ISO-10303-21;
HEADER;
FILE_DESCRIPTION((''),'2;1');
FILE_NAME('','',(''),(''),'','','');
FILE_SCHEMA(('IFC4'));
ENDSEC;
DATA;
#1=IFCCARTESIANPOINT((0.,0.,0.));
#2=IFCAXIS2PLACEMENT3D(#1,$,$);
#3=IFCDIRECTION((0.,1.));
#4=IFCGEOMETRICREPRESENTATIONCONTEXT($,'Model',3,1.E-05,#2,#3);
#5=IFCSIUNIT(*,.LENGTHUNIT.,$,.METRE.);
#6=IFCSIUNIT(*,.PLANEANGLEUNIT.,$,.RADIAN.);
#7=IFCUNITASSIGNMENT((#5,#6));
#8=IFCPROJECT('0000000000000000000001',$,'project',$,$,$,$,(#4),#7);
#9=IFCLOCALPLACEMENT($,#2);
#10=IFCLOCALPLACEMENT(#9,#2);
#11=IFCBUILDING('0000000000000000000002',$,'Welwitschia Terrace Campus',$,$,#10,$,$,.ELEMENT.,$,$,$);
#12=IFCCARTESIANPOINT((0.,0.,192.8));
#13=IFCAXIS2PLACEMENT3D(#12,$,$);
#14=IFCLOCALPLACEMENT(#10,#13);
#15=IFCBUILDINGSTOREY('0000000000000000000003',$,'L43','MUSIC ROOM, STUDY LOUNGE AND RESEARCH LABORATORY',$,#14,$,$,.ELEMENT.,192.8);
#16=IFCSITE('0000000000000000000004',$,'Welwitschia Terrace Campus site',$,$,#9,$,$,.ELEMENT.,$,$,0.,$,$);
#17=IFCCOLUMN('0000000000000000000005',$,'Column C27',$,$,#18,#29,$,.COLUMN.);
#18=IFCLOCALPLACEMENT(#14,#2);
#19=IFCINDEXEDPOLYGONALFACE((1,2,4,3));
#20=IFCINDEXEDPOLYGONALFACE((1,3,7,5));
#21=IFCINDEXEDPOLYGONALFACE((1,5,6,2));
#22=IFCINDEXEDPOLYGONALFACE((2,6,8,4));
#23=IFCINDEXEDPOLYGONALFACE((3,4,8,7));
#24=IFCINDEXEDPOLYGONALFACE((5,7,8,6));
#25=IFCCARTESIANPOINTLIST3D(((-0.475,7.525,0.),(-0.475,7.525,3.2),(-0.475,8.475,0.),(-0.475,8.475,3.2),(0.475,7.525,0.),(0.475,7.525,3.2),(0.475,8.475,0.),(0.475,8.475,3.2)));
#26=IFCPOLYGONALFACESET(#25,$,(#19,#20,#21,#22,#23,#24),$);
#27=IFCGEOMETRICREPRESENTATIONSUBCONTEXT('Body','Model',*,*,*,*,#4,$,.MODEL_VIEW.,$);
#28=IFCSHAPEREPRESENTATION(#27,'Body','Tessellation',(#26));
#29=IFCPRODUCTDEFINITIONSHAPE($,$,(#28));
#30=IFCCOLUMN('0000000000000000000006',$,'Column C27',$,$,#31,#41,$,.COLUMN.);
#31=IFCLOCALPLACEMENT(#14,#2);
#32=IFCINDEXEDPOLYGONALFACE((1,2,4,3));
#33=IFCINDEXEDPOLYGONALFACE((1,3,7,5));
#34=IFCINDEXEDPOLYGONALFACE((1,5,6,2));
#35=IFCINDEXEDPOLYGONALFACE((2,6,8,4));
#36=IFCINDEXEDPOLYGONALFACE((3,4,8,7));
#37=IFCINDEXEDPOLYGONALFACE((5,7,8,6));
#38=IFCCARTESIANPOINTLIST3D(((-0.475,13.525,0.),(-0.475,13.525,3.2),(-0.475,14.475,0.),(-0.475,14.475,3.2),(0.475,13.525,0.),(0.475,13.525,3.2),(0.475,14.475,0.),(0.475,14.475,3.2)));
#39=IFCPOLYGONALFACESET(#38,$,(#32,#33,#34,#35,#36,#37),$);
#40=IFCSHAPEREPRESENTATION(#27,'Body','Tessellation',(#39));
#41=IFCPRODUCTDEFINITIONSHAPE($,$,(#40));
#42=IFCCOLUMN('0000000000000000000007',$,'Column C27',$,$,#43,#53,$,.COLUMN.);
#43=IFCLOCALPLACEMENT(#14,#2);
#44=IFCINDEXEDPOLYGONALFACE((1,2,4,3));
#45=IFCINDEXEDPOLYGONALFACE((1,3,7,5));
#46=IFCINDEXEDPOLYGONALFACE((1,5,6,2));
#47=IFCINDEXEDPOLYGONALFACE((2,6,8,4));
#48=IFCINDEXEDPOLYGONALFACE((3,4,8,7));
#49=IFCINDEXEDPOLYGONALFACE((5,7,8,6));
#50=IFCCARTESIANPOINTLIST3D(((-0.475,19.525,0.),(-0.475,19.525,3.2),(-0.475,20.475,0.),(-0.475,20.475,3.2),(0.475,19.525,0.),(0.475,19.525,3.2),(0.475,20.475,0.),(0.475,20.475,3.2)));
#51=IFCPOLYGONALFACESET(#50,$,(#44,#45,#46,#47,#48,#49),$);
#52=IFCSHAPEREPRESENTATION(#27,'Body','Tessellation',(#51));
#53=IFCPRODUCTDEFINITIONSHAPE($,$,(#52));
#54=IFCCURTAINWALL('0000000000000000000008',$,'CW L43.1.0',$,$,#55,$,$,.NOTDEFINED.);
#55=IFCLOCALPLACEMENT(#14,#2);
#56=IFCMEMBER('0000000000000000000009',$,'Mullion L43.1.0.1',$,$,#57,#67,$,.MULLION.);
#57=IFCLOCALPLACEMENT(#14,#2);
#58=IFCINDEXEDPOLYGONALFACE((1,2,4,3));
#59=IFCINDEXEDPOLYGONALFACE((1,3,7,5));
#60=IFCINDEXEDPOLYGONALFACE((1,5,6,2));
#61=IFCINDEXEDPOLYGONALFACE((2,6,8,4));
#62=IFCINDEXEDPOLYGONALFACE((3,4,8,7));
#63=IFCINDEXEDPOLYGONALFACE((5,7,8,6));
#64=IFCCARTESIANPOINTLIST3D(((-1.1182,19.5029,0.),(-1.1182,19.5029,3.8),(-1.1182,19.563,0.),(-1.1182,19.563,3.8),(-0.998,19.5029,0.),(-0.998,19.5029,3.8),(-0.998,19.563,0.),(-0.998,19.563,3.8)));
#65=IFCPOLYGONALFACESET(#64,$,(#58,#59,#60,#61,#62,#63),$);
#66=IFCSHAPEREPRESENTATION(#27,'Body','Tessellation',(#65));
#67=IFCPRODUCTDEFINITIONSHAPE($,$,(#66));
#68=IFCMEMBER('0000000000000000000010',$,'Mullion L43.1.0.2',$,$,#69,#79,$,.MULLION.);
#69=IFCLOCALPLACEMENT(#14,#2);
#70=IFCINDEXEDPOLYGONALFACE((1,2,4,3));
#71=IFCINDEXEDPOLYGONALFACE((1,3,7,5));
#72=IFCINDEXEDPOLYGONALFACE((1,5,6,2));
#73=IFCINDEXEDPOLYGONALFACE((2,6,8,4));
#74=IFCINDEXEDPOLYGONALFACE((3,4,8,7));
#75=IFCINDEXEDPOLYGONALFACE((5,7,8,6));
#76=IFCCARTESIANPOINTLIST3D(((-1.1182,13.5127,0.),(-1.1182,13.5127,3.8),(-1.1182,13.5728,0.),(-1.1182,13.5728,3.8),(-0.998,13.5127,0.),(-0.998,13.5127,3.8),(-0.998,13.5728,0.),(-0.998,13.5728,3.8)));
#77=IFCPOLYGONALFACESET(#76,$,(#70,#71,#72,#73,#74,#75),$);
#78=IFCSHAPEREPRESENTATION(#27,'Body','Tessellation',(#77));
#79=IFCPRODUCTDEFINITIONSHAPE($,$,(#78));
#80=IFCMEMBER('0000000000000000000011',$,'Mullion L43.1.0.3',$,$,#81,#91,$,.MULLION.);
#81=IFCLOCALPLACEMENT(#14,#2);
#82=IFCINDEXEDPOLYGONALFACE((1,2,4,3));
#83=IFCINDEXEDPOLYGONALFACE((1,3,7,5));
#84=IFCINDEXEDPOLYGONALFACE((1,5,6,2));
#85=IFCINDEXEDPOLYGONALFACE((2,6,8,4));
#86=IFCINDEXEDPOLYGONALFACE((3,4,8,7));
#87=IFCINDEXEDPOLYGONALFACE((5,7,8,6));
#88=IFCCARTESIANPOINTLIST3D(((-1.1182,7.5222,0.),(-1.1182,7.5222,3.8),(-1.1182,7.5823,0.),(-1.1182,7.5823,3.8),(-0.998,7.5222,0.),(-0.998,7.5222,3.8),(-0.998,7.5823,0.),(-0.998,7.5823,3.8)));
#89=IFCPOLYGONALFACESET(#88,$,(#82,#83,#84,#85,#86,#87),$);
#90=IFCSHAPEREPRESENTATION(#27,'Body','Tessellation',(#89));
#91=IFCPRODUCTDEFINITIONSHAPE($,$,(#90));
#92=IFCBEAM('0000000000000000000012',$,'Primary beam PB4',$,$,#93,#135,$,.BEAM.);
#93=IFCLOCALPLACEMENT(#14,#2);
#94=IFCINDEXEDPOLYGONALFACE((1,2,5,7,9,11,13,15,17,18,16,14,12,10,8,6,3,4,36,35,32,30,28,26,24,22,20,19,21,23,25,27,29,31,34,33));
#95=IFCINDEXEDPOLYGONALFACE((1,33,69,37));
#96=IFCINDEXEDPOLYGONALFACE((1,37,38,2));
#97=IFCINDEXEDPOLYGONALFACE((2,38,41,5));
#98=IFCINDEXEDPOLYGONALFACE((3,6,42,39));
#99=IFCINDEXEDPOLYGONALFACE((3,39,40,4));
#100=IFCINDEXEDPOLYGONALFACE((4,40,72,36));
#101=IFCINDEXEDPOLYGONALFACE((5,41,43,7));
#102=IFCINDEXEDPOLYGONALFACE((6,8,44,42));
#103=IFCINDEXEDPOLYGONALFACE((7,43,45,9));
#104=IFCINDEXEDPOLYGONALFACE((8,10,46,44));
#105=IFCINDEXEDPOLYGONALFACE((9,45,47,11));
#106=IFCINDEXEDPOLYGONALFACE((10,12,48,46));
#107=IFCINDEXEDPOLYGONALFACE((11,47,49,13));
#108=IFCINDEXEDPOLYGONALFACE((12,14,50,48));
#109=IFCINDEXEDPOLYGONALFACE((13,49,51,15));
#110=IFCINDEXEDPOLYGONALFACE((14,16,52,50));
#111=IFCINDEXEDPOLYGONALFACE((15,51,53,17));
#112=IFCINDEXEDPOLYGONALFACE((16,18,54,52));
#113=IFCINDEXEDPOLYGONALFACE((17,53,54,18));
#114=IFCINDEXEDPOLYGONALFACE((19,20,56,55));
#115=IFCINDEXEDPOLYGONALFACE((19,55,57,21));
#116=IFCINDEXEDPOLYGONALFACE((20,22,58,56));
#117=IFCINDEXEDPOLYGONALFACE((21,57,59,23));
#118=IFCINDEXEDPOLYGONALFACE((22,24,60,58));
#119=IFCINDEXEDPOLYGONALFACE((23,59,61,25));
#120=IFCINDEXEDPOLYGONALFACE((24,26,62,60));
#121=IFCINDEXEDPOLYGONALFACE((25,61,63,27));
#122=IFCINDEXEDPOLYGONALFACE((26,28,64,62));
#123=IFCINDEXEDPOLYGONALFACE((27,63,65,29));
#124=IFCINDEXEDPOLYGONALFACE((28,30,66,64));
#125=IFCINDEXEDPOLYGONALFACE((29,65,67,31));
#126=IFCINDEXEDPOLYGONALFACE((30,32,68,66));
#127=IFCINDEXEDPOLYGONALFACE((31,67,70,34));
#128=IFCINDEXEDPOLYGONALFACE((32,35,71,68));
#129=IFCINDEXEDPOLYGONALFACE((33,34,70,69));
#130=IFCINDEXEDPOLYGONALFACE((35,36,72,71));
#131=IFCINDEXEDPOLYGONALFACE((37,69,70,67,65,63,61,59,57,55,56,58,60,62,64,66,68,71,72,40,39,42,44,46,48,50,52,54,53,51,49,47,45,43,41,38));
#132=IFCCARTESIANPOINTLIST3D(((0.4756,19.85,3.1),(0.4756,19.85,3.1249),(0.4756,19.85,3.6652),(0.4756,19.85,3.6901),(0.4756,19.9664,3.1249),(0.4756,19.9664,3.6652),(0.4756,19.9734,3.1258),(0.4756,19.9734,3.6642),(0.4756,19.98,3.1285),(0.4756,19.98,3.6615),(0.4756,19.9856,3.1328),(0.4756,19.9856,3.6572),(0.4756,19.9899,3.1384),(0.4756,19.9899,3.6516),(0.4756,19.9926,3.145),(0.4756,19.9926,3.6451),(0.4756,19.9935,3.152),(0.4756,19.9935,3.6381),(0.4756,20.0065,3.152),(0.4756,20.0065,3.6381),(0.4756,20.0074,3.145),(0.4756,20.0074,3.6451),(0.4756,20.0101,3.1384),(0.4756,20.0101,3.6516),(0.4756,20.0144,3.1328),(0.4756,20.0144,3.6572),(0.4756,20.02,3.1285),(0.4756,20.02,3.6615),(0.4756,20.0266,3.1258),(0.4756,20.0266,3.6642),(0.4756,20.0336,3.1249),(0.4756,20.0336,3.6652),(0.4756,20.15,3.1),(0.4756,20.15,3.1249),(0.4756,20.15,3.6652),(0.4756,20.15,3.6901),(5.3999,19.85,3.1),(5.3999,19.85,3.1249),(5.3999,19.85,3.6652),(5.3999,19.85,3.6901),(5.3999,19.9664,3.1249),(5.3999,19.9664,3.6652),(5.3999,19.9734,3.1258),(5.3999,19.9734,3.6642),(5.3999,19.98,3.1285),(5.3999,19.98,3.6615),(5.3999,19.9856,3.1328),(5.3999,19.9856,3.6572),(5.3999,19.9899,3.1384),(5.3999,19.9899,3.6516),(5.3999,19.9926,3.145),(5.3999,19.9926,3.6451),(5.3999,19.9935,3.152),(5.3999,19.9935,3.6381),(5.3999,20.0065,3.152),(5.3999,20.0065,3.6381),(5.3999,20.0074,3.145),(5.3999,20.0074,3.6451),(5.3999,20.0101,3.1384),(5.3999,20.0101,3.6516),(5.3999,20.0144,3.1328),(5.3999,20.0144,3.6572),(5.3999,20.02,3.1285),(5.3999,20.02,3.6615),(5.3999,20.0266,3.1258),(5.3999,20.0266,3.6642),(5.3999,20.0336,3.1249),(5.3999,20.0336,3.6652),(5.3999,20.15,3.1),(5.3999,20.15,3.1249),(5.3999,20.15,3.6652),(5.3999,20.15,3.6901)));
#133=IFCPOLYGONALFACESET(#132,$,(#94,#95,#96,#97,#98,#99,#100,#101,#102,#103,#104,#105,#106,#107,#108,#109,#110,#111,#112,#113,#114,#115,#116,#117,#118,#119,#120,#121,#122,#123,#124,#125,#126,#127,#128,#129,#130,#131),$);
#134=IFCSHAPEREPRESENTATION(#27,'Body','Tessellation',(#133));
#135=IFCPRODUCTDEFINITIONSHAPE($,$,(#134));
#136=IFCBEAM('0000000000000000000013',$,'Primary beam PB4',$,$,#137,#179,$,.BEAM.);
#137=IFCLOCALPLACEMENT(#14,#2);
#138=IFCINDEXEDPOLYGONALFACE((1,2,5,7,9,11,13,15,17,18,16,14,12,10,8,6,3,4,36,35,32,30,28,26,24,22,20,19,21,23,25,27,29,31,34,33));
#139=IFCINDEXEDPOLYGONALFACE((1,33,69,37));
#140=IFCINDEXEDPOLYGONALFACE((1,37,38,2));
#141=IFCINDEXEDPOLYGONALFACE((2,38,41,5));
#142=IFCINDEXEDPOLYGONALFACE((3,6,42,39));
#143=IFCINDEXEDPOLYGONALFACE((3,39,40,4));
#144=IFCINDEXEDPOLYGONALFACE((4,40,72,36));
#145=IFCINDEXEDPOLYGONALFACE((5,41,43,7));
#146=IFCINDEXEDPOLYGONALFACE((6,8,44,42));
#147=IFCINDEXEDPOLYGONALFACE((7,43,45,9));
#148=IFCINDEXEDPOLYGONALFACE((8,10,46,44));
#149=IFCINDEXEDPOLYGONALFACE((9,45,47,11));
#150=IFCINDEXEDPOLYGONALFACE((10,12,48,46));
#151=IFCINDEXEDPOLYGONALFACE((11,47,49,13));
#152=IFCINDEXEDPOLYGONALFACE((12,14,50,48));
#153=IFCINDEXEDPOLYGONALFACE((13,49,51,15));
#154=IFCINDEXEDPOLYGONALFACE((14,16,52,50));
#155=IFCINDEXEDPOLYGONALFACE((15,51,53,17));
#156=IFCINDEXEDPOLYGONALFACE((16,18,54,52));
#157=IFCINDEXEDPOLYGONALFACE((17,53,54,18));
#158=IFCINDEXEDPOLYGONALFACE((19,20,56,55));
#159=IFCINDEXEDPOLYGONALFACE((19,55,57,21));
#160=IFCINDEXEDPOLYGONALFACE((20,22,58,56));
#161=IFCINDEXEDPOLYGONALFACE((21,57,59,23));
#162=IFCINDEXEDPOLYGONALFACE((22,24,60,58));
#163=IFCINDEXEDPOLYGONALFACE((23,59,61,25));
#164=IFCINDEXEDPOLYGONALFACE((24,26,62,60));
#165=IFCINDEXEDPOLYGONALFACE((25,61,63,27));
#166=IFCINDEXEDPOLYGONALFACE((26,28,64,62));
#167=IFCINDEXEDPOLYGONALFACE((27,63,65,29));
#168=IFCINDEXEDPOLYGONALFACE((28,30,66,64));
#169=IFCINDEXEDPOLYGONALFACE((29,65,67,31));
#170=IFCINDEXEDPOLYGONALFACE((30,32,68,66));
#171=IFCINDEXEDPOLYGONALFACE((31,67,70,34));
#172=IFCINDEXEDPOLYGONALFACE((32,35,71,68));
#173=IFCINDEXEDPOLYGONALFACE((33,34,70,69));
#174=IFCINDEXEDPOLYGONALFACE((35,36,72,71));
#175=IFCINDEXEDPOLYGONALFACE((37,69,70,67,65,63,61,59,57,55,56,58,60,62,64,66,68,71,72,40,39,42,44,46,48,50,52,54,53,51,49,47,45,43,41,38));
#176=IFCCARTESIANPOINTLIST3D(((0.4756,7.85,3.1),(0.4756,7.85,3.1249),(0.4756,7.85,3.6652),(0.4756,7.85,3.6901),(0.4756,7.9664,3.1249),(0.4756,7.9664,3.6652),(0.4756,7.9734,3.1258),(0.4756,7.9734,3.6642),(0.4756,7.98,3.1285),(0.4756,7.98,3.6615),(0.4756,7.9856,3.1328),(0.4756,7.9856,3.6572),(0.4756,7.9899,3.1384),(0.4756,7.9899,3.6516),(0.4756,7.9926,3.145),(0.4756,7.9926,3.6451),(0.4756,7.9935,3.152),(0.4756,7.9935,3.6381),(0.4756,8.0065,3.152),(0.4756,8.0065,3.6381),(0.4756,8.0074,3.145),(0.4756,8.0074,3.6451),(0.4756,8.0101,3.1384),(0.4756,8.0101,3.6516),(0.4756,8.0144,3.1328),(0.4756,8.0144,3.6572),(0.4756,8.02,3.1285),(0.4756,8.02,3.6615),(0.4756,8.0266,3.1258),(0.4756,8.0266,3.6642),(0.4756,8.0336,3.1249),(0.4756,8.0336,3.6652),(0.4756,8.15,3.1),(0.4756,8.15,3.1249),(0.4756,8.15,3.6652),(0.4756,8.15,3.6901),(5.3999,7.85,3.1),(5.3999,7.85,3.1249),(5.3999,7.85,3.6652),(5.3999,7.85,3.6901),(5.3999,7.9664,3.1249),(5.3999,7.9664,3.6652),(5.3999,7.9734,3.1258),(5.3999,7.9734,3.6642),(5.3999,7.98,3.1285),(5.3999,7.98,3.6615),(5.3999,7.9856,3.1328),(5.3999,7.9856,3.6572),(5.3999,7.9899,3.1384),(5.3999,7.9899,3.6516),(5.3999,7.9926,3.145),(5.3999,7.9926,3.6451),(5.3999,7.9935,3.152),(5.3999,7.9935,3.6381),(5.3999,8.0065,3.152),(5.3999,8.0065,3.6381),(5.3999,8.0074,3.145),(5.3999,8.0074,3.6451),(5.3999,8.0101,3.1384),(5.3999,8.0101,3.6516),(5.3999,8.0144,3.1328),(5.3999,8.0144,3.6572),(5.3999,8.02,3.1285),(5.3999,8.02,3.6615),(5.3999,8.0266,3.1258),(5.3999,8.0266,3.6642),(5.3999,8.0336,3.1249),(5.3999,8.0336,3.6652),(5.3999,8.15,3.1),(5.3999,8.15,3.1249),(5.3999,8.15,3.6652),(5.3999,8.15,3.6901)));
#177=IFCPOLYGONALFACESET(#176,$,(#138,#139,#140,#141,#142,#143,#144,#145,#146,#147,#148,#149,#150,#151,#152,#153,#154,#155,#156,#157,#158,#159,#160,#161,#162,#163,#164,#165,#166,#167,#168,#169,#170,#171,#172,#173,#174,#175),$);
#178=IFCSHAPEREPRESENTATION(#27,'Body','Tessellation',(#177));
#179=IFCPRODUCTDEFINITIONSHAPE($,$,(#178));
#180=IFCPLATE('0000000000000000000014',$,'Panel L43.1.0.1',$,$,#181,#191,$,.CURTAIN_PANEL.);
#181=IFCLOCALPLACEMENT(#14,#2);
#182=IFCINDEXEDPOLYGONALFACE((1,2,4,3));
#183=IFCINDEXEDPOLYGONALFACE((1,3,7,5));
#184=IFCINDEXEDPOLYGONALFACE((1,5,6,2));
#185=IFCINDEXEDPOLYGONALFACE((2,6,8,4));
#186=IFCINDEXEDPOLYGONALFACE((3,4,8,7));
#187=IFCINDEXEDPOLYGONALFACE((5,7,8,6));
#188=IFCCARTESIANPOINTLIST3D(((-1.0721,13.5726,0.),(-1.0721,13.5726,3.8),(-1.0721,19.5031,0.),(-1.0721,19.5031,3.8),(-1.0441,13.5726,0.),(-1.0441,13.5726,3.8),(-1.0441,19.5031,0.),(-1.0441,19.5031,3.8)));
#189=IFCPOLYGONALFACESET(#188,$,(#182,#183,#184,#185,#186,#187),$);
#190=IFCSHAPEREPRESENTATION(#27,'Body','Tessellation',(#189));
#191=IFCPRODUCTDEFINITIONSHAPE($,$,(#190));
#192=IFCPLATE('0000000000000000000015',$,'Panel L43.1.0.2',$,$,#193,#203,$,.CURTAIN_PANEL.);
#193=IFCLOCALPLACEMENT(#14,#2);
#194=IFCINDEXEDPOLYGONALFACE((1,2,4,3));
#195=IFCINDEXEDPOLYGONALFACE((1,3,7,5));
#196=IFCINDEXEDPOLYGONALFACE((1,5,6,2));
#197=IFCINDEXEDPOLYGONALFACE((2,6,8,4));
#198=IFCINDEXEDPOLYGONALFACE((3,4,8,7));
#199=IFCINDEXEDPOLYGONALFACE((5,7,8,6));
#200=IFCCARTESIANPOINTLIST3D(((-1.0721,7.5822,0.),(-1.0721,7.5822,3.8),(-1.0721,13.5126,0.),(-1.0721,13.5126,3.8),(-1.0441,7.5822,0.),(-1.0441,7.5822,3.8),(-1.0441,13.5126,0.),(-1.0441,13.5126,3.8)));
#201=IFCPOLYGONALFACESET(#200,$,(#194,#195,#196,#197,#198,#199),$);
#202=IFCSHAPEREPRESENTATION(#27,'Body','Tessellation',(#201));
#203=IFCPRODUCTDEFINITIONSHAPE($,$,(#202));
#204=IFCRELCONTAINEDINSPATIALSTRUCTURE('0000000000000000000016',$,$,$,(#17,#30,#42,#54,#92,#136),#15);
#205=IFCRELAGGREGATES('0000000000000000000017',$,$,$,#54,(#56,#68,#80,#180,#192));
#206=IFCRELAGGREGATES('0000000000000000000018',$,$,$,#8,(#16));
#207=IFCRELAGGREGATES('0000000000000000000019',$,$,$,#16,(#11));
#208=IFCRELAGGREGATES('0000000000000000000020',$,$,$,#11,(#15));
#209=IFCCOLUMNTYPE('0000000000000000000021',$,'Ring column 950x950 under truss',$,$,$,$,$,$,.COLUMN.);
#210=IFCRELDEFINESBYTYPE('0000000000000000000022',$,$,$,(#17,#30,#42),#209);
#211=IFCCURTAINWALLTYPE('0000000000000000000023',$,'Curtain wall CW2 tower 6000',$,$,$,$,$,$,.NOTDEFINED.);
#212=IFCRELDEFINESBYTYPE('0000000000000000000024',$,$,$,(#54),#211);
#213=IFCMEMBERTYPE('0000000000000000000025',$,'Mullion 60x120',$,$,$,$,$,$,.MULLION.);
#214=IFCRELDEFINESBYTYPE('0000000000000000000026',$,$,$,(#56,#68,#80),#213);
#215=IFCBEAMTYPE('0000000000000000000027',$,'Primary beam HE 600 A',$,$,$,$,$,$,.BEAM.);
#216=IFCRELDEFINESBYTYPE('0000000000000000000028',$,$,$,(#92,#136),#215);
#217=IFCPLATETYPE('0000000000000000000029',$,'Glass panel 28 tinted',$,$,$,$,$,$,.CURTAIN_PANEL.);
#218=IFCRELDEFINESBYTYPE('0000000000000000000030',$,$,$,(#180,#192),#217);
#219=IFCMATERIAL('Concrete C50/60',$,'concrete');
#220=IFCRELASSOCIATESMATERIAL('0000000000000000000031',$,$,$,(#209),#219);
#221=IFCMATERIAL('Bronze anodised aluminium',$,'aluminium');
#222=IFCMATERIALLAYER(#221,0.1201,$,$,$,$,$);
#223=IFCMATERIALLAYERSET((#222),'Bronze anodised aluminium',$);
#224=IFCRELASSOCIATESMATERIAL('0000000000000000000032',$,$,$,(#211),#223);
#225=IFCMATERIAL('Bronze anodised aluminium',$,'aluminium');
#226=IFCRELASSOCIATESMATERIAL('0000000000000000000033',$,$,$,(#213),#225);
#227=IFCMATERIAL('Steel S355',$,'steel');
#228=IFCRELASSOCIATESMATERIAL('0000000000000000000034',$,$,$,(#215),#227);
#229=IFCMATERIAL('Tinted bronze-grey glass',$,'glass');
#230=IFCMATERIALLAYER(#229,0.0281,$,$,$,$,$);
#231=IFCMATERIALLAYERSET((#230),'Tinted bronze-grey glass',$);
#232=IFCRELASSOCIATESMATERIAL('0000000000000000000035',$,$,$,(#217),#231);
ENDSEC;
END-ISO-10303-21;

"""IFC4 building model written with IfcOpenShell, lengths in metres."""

from ifc_helpers import new_model, si_unit, direction, frame, origin, origin_2d, place, context, subcontext, project, spatial, rectangle, i_section, extrude, material, layer, layer_set, material_profile, profile_set, type_object, element, aggregate, save


model = new_model("IFC4")

# Units and contexts
model_context = context("Model", 3, precision=1e-05, world=origin(), true_north=direction((0.0, 1.0)))
body_context = subcontext(model_context, "Body", "Model", "MODEL_VIEW")
ifc_project = project(units=[si_unit("LENGTHUNIT", "METRE"), si_unit("PLANEANGLEUNIT", "RADIAN")], contexts=[model_context])

# Site, building, storey
site_placement = place(None, origin())
site = spatial("IfcSite", under=ifc_project, at=site_placement, Name="Welwitschia Terrace Campus site", CompositionType="ELEMENT", RefElevation=0.0)
building_placement = place(site_placement, origin())
building = spatial("IfcBuilding", under=site, at=building_placement, Name="Welwitschia Terrace Campus", CompositionType="ELEMENT")
storey_placement = place(building_placement, frame((0.0, 0.0, 192.8)))
storey = spatial("IfcBuildingStorey", under=building, at=storey_placement, Name="L43", Description="MUSIC ROOM, STUDY LOUNGE AND RESEARCH LABORATORY", CompositionType="ELEMENT", Elevation=192.8)

# Columns
ifc_material_1 = material(Name="Concrete C50/60", Category="concrete")
ifc_material_profile_1 = material_profile(ifc_material_1, rectangle(XDim=0.95, YDim=0.95, at=origin_2d()))
ifc_profile_set_1 = profile_set([ifc_material_profile_1], Name="Concrete C50/60")
column_type = type_object("IfcColumnType", Name="Ring column 950x950 under truss", PredefinedType="COLUMN", material=ifc_profile_set_1)
for number, where, z_axis, x_axis, name in (
    (1, (0.0, 8.0, 0.0), (0.0, 0.0, 1.0), (1.0, 0.0, 0.0), "Column C27"),
    (2, (0.0, 14.0, 0.0), (0.0, 0.0, 1.0), (1.0, 0.0, 0.0), "Column C27"),
    (3, (0.0, 20.0, 0.0), (0.0, 0.0, 1.0), (1.0, 0.0, 0.0), "Column C27"),
):
    element("IfcColumn", number, at=place(storey_placement, frame(where, z_axis=z_axis, x_axis=x_axis)), inside=storey, type_object=column_type, Name=name, PredefinedType="COLUMN", context=body_context, shape_type="SweptSolid", body=[
        extrude(rectangle(XDim=0.95, YDim=0.95, at=origin_2d()), origin(), (0.0, 0.0, 1.0), 3.2),
    ])

# Curtain wall, members
ifc_material_2 = material(Name="Bronze anodised aluminium", Category="aluminium")
ifc_layer_1 = layer(ifc_material_2, 0.1201)
ifc_layer_set_1 = layer_set([ifc_layer_1], Name="Bronze anodised aluminium")
curtain_wall_type = type_object("IfcCurtainWallType", Name="Curtain wall CW2 tower 6000", PredefinedType="NOTDEFINED", material=ifc_layer_set_1)
curtain_wall_placement = place(storey_placement, origin())
curtain_wall = element("IfcCurtainWall", 4, at=curtain_wall_placement, inside=storey, type_object=curtain_wall_type, Name="CW L43.1.0", PredefinedType="NOTDEFINED")
ifc_material_3 = material(Name="Bronze anodised aluminium", Category="aluminium")
ifc_material_profile_2 = material_profile(ifc_material_3, rectangle(XDim=0.1201, YDim=0.0601, at=origin_2d()))
ifc_profile_set_2 = profile_set([ifc_material_profile_2], Name="Bronze anodised aluminium")
member_type = type_object("IfcMemberType", Name="Mullion 60x120", PredefinedType="MULLION", material=ifc_profile_set_2)
member_1_placement = place(storey_placement, frame((-1.0581, 19.533, 0.0), z_axis=(0.0, 0.0, 1.0), x_axis=(1.0, 0.0, 0.0)))
member_1 = element("IfcMember", 5, at=member_1_placement, type_object=member_type, Name="Mullion L43.1.0.1", PredefinedType="MULLION", context=body_context, shape_type="SweptSolid", body=[
    extrude(rectangle(XDim=0.1201, YDim=0.0601, at=origin_2d()), origin(), (0.0, 0.0, 1.0), 3.8),
])
member_2_placement = place(storey_placement, frame((-1.0581, 13.5427, 0.0), z_axis=(0.0, 0.0, 1.0), x_axis=(1.0, 0.0, 0.0)))
member_2 = element("IfcMember", 6, at=member_2_placement, type_object=member_type, Name="Mullion L43.1.0.2", PredefinedType="MULLION", context=body_context, shape_type="SweptSolid", body=[
    extrude(rectangle(XDim=0.1201, YDim=0.0601, at=origin_2d()), origin(), (0.0, 0.0, 1.0), 3.8),
])
member_3_placement = place(storey_placement, frame((-1.0581, 7.5522, 0.0), z_axis=(0.0, 0.0, 1.0), x_axis=(1.0, 0.0, 0.0)))
member_3 = element("IfcMember", 7, at=member_3_placement, type_object=member_type, Name="Mullion L43.1.0.3", PredefinedType="MULLION", context=body_context, shape_type="SweptSolid", body=[
    extrude(rectangle(XDim=0.1201, YDim=0.0601, at=origin_2d()), origin(), (0.0, 0.0, 1.0), 3.8),
])

# Beams
ifc_material_4 = material(Name="Steel S355", Category="steel")
ifc_material_profile_3 = material_profile(ifc_material_4, i_section(OverallWidth=0.3, OverallDepth=0.5901, WebThickness=0.0129, FlangeThickness=0.0249, FilletRadius=0.0271, at=origin_2d()))
ifc_profile_set_3 = profile_set([ifc_material_profile_3], Name="Steel S355")
beam_type = type_object("IfcBeamType", Name="Primary beam HE 600 A", PredefinedType="BEAM", material=ifc_profile_set_3)
for number, where, z_axis, x_axis, name in (
    (8, (0.4756, 20.0, 3.395), (1.0, 0.0, 0.0), (0.0, 1.0, 0.0), "Primary beam PB4"),
    (9, (0.4756, 8.0, 3.395), (1.0, 0.0, 0.0), (0.0, 1.0, 0.0), "Primary beam PB4"),
):
    element("IfcBeam", number, at=place(storey_placement, frame(where, z_axis=z_axis, x_axis=x_axis)), inside=storey, type_object=beam_type, Name=name, PredefinedType="BEAM", context=body_context, shape_type="SweptSolid", body=[
        extrude(i_section(OverallWidth=0.3, OverallDepth=0.5901, WebThickness=0.0129, FlangeThickness=0.0249, FilletRadius=0.0271, at=origin_2d()), origin(), (0.0, 0.0, 1.0), 4.9243),
    ])

# Plates
ifc_material_5 = material(Name="Tinted bronze-grey glass", Category="glass")
ifc_layer_2 = layer(ifc_material_5, 0.0281)
ifc_layer_set_2 = layer_set([ifc_layer_2], Name="Tinted bronze-grey glass")
plate_type = type_object("IfcPlateType", Name="Glass panel 28 tinted", PredefinedType="CURTAIN_PANEL", material=ifc_layer_set_2)
plate_1_placement = place(storey_placement, frame((-1.0581, 16.5378, 0.0), z_axis=(0.0, 0.0, 1.0), x_axis=(0.0, -1.0, 0.0)))
plate_1 = element("IfcPlate", 10, at=plate_1_placement, type_object=plate_type, Name="Panel L43.1.0.1", PredefinedType="CURTAIN_PANEL", context=body_context, shape_type="SweptSolid", body=[
    extrude(rectangle(XDim=5.9304, YDim=0.0281, at=origin_2d()), origin(), (0.0, 0.0, 1.0), 3.8),
])
plate_2_placement = place(storey_placement, frame((-1.0581, 10.5474, 0.0), z_axis=(0.0, 0.0, 1.0), x_axis=(0.0, -1.0, 0.0)))
plate_2 = element("IfcPlate", 11, at=plate_2_placement, type_object=plate_type, Name="Panel L43.1.0.2", PredefinedType="CURTAIN_PANEL", context=body_context, shape_type="SweptSolid", body=[
    extrude(rectangle(XDim=5.9304, YDim=0.0281, at=origin_2d()), origin(), (0.0, 0.0, 1.0), 3.8),
])
aggregate(curtain_wall, [member_1, member_2, member_3, plate_1, plate_2])

save(model, "model.ifc")
